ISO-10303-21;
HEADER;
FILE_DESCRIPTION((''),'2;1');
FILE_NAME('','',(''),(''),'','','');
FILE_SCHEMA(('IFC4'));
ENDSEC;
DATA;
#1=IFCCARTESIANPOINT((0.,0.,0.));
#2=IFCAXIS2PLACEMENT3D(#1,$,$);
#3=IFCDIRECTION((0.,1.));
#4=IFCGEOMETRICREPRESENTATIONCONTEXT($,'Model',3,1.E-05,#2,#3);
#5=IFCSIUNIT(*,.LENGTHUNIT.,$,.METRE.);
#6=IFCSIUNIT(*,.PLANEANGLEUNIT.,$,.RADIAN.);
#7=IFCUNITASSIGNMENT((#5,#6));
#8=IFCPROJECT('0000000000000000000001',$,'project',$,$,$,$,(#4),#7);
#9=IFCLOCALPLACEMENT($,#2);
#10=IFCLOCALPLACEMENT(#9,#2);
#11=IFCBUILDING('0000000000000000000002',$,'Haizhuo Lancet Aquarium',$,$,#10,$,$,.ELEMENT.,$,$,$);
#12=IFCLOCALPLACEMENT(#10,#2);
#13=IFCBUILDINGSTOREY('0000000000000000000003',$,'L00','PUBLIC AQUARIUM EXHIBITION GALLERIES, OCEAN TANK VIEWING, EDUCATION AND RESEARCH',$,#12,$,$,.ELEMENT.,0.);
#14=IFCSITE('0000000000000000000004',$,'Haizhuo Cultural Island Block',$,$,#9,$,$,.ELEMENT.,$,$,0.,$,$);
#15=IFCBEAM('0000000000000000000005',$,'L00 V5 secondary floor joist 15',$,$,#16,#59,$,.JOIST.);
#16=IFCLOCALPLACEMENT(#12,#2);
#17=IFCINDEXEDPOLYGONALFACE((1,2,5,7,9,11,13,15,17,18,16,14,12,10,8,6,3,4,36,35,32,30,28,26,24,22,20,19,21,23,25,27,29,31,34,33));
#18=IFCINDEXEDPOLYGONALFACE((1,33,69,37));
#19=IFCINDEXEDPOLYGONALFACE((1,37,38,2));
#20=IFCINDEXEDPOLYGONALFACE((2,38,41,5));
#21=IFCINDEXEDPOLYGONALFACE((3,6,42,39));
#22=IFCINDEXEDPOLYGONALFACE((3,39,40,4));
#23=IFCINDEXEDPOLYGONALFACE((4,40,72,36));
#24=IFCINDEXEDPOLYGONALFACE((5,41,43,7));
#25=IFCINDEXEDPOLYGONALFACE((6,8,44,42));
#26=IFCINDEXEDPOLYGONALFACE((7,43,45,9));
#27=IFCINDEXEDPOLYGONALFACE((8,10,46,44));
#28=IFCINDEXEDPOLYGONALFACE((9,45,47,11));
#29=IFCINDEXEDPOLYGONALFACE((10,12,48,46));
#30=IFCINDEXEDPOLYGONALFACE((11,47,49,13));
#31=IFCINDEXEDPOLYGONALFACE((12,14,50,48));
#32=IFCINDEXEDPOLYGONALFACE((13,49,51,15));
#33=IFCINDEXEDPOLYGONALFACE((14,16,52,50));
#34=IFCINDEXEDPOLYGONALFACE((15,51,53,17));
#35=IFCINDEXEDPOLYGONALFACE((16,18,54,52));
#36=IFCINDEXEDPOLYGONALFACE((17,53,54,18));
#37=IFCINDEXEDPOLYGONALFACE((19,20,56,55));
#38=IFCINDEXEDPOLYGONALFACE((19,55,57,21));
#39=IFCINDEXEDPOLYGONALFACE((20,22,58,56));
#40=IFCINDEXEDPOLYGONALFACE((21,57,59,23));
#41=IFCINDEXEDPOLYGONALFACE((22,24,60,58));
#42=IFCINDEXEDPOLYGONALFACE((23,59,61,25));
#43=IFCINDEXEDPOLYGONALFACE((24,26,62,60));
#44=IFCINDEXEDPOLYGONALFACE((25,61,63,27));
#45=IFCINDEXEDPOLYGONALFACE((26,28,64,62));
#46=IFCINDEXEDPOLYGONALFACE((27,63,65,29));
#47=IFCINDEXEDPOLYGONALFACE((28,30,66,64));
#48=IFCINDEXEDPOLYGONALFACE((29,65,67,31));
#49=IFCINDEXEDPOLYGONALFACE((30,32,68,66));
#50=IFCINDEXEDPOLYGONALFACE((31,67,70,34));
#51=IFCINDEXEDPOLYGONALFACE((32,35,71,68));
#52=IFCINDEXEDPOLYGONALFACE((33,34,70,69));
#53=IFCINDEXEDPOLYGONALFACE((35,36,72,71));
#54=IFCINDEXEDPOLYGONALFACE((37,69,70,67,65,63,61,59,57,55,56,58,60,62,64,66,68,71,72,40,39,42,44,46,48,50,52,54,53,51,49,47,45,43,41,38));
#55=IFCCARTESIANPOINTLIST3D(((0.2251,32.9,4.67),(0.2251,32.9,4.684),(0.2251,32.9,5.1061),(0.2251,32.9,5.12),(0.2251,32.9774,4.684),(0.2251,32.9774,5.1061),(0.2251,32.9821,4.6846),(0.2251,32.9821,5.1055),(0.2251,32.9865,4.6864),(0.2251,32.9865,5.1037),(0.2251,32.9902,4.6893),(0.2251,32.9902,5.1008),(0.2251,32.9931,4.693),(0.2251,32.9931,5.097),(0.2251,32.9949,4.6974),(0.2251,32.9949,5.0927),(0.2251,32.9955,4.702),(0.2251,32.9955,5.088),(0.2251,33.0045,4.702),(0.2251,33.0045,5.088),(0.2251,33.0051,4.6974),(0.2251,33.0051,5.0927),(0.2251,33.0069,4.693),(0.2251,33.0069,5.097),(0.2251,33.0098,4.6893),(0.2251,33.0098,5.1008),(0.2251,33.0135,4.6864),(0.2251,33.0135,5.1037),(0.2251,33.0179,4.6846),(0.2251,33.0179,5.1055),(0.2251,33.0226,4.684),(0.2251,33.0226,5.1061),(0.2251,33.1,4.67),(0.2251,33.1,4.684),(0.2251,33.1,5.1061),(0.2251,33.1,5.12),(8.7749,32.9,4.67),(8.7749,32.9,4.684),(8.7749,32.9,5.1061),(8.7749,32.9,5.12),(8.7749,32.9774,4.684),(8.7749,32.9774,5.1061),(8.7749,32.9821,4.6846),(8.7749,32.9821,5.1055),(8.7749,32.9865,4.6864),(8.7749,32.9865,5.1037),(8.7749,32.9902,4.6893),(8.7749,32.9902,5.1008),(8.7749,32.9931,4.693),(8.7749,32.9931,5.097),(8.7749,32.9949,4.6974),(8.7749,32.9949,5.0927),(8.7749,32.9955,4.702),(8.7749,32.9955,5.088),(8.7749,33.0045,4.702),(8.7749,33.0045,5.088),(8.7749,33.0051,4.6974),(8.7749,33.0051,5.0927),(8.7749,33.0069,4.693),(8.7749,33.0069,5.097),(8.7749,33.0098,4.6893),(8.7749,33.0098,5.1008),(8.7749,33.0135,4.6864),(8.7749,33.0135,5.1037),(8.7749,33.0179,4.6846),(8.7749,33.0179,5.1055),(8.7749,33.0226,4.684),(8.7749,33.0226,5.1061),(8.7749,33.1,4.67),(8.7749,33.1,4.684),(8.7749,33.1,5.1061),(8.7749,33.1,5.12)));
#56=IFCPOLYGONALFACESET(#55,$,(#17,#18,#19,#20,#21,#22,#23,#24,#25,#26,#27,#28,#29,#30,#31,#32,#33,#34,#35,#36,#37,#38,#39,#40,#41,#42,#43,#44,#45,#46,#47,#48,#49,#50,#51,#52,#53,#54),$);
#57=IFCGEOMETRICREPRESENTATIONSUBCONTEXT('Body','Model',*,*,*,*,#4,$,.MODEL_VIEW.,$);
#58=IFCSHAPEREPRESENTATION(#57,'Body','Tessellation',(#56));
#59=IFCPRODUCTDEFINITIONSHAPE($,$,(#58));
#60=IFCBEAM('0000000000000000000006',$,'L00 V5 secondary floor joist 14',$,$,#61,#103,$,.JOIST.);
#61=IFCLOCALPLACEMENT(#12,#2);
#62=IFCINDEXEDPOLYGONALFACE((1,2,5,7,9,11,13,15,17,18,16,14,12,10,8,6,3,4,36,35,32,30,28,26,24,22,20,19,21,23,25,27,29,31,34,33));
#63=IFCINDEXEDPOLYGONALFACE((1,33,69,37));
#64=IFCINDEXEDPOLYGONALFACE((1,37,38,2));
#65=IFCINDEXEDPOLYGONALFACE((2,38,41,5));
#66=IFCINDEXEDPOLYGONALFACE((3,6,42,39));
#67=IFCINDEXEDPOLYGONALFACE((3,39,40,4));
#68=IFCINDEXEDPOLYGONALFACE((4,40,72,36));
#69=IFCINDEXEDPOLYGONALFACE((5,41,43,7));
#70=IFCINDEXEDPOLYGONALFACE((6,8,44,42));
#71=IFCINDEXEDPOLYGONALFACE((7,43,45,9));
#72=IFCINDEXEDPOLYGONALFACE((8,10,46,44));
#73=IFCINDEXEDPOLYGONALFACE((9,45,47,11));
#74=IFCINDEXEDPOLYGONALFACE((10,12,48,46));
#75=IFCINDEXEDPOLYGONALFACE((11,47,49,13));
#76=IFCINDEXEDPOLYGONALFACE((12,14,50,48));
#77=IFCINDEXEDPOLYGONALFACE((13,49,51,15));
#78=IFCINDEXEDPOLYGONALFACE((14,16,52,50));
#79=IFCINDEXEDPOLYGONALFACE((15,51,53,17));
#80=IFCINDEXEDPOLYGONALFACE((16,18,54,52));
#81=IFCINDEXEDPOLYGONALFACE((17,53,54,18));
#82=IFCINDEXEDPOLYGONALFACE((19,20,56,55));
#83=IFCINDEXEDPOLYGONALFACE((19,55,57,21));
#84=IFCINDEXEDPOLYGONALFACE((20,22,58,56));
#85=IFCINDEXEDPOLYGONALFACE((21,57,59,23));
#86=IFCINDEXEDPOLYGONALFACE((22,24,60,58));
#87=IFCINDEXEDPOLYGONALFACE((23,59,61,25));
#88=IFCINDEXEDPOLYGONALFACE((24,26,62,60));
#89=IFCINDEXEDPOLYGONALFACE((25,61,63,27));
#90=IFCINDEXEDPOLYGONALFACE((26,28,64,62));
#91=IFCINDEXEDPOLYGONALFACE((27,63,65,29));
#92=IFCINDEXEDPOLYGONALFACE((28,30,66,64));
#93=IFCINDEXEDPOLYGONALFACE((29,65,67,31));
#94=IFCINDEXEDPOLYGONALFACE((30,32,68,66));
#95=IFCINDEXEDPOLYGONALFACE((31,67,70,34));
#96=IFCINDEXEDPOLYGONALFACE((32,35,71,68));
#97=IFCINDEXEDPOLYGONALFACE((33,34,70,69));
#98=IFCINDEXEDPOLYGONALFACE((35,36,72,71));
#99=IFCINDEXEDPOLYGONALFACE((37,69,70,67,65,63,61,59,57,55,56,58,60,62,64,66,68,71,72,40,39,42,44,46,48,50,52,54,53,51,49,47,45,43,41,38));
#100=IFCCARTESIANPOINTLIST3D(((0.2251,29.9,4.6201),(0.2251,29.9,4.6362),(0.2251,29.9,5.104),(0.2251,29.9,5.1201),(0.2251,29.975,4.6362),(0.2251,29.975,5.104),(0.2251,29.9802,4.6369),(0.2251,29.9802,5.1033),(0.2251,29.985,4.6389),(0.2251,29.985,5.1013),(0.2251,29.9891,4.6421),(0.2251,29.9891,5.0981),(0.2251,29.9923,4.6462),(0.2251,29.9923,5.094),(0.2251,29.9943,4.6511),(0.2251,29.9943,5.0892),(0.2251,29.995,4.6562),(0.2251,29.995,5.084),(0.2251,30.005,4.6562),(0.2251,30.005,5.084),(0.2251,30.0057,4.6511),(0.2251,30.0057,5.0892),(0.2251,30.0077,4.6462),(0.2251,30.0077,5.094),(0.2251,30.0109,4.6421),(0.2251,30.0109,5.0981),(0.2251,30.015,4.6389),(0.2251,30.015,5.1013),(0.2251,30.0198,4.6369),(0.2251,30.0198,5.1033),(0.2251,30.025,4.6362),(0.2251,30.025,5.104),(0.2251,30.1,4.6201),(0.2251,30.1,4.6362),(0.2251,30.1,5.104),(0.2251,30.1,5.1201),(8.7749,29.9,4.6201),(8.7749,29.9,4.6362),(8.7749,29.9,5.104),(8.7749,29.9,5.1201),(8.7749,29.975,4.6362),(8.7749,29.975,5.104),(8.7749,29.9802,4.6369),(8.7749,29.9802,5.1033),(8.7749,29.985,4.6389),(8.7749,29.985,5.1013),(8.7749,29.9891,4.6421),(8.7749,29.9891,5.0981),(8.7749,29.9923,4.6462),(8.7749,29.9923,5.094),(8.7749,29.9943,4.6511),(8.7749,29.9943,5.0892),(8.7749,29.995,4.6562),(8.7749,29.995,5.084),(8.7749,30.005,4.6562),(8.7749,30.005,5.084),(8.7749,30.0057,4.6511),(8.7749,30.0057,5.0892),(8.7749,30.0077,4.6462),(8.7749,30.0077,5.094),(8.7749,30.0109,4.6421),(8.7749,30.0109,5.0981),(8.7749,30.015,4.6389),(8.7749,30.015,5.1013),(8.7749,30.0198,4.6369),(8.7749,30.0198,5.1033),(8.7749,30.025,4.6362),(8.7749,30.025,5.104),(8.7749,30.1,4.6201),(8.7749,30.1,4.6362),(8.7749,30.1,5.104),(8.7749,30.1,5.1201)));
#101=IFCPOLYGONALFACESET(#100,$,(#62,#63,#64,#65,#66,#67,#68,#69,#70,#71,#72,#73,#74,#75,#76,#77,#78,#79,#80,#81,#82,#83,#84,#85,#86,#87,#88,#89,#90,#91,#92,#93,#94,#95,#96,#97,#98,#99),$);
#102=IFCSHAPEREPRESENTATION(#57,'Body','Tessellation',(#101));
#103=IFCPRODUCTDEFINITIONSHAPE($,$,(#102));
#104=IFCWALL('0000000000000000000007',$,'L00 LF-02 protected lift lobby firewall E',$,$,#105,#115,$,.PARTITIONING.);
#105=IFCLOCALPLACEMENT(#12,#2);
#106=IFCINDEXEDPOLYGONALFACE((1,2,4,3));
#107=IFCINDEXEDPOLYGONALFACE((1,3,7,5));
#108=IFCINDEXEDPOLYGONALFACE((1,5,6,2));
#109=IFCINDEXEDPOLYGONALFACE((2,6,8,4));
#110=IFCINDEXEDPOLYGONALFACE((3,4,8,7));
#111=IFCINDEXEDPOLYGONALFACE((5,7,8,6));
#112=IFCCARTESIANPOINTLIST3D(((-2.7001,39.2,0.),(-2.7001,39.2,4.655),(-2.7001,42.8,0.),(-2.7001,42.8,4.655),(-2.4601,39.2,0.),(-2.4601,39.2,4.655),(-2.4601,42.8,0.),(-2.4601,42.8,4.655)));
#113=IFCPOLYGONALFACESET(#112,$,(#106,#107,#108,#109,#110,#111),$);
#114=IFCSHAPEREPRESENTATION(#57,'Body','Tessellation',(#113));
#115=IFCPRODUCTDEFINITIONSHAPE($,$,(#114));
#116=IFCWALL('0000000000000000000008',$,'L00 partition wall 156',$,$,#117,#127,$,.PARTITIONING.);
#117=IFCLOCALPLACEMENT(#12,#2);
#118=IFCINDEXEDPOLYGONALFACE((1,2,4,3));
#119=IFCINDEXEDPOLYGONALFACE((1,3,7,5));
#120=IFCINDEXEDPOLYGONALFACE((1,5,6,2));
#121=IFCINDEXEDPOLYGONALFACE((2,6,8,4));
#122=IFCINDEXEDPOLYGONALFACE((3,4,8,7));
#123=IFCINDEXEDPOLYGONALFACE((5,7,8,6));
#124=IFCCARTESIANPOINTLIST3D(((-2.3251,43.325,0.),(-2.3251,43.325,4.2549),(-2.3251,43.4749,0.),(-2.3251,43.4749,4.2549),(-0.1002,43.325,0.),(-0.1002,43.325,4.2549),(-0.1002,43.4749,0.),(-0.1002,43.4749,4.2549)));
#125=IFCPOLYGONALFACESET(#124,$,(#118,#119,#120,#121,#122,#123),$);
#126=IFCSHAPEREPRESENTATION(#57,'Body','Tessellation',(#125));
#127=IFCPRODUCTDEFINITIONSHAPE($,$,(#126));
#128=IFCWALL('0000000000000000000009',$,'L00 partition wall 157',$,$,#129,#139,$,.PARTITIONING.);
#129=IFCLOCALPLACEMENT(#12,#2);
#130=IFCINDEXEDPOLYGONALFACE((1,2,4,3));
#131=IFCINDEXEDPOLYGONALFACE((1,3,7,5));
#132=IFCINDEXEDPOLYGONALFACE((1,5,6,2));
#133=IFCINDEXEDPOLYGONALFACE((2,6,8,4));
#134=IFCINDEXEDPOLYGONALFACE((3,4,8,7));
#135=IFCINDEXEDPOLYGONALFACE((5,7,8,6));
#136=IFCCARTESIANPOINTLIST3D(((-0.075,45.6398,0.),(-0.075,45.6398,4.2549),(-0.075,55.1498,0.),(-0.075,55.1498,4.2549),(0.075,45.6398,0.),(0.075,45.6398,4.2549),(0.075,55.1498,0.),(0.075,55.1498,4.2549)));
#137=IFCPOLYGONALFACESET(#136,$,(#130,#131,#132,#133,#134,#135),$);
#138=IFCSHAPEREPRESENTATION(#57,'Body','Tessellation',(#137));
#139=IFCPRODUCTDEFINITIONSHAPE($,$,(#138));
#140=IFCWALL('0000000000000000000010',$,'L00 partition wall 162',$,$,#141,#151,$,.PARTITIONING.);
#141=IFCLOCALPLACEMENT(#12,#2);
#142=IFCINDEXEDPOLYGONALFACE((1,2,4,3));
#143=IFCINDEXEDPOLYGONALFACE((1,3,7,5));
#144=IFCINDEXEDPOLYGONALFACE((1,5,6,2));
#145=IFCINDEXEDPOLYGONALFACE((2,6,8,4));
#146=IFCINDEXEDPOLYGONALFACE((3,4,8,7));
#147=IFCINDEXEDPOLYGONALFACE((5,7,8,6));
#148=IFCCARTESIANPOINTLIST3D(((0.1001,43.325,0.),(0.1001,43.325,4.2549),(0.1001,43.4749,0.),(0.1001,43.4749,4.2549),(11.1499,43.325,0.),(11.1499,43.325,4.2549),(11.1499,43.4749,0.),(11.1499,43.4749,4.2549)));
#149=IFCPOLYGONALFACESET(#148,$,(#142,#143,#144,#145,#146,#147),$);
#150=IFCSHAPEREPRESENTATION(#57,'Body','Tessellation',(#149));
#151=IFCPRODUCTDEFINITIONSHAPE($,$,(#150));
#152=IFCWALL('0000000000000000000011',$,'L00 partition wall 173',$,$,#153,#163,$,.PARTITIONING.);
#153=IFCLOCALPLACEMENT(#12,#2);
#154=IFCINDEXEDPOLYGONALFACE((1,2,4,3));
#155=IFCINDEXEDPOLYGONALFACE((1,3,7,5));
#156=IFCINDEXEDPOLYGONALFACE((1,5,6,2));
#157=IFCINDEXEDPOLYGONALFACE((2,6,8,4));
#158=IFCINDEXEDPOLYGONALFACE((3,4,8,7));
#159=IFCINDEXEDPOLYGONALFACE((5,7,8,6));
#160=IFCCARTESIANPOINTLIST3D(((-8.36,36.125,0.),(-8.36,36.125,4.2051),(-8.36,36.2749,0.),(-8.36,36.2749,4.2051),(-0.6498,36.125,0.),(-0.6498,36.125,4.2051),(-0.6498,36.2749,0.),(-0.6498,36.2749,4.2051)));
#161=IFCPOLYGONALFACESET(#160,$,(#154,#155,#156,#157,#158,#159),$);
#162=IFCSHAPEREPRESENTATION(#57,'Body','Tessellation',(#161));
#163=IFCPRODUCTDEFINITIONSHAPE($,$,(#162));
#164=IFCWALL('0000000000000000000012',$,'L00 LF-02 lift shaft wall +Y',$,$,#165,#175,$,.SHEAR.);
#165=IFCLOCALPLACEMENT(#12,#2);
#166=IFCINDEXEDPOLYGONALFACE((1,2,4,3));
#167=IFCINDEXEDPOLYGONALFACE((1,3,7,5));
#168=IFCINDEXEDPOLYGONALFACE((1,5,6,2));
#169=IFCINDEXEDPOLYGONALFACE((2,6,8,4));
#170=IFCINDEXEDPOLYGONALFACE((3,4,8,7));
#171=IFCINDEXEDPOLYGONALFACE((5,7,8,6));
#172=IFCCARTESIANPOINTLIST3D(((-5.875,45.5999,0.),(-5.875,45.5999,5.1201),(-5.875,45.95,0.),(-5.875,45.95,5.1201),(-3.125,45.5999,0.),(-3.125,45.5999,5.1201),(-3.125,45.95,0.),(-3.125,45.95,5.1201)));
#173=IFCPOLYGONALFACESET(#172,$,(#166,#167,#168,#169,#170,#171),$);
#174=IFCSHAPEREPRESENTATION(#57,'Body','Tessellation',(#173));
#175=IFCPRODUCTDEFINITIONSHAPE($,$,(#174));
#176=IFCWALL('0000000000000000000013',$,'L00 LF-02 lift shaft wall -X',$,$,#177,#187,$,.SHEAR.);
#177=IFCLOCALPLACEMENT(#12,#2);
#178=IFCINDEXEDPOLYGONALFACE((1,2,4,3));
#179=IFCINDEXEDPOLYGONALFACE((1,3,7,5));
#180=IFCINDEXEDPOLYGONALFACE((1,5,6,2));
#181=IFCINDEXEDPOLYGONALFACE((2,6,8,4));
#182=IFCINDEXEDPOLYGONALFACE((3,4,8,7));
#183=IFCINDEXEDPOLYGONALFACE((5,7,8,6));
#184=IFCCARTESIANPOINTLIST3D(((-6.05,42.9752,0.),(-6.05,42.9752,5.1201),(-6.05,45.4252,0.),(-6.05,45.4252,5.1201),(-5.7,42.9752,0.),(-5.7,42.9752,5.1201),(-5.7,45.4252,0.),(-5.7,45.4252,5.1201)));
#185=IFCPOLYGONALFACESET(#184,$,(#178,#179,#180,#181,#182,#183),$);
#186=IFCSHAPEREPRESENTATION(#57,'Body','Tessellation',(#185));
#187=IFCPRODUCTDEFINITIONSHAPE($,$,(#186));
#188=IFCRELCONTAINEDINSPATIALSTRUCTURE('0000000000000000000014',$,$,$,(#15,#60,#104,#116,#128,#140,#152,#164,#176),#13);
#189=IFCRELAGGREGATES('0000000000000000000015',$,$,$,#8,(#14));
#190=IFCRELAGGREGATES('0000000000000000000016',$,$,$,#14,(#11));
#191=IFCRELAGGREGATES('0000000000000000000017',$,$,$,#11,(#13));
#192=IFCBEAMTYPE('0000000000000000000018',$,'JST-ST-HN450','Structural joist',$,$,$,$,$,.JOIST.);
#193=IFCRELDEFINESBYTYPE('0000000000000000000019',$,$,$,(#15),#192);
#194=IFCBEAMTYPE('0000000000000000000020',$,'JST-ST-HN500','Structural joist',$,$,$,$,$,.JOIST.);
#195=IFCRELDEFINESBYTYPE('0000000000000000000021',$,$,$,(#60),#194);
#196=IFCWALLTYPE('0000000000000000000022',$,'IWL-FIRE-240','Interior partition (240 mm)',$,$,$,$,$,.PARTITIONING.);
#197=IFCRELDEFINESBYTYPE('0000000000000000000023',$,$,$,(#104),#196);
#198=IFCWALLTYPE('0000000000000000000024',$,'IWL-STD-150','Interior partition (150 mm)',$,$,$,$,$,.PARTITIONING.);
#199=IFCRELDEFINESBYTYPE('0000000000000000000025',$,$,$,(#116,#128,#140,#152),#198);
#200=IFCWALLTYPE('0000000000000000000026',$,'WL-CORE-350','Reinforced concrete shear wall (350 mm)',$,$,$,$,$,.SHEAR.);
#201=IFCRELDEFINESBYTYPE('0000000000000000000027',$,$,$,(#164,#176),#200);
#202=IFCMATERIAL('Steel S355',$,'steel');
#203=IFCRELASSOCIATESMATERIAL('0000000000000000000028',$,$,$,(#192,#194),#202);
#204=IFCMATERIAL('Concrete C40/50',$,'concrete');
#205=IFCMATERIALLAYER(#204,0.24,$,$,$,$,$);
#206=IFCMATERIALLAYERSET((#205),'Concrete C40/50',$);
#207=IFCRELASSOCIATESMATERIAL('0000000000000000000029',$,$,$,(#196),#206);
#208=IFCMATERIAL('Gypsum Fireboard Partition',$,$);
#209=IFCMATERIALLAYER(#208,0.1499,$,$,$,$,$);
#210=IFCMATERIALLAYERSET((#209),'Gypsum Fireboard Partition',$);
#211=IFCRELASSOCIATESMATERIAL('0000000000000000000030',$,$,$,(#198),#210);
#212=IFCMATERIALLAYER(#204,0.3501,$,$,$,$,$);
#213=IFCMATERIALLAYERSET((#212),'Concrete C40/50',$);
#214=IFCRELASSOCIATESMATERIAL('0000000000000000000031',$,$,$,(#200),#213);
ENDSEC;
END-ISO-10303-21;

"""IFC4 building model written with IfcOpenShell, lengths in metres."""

from ifc_helpers import new_model, si_unit, direction, frame, frame_2d, origin, origin_2d, place, context, subcontext, project, spatial, rectangle, i_section, extrude, material, layer, layer_set, material_profile, profile_set, type_object, element, save


model = new_model("IFC4")

# Units and contexts
model_context = context("Model", 3, precision=1e-05, world=origin(), true_north=direction((0.0, 1.0)))
body_context = subcontext(model_context, "Body", "Model", "MODEL_VIEW")
ifc_project = project(units=[si_unit("LENGTHUNIT", "METRE"), si_unit("PLANEANGLEUNIT", "RADIAN")], contexts=[model_context])

# Site, building, storey
site_placement = place(None, origin())
site = spatial("IfcSite", under=ifc_project, at=site_placement, Name="Haizhuo Cultural Island Block", CompositionType="ELEMENT", RefElevation=0.0)
building_placement = place(site_placement, origin())
building = spatial("IfcBuilding", under=site, at=building_placement, Name="Haizhuo Lancet Aquarium", CompositionType="ELEMENT")
storey_placement = place(building_placement, origin())
storey = spatial("IfcBuildingStorey", under=building, at=storey_placement, Name="L00", Description="PUBLIC AQUARIUM EXHIBITION GALLERIES, OCEAN TANK VIEWING, EDUCATION AND RESEARCH", CompositionType="ELEMENT", Elevation=0.0)

# Beams
ifc_material_1 = material(Name="Concrete C40/50", Category="concrete")
ifc_material_2 = material(Name="Steel S355", Category="steel")
ifc_material_profile_1 = material_profile(ifc_material_2, i_section(OverallWidth=0.2, OverallDepth=0.45, WebThickness=0.009, FlangeThickness=0.0139, FilletRadius=0.0181, at=origin_2d()), Name="HN 450x200x9x14")
ifc_profile_set_1 = profile_set([ifc_material_profile_1], Name="Steel S355")
beam_type_1 = type_object("IfcBeamType", Name="JST-ST-HN450", Description="Structural joist", PredefinedType="JOIST", material=ifc_profile_set_1)
beam_1_placement = place(storey_placement, frame((0.2251, 33.0, 4.895), z_axis=(1.0, 0.0, 0.0), x_axis=(0.0, 1.0, 0.0)))
element("IfcBeam", 1, at=beam_1_placement, inside=storey, type_object=beam_type_1, Name="L00 V5 secondary floor joist 15", PredefinedType="JOIST", context=body_context, shape_type="SweptSolid", body=[
    extrude(i_section(OverallWidth=0.2, OverallDepth=0.45, WebThickness=0.009, FlangeThickness=0.0139, FilletRadius=0.0181, at=origin_2d()), origin(), (0.0, 0.0, 1.0), 8.5498),
])
ifc_material_profile_2 = material_profile(ifc_material_2, i_section(OverallWidth=0.2, OverallDepth=0.5, WebThickness=0.01, FlangeThickness=0.0161, FilletRadius=0.02, at=origin_2d()), Name="HN 500x200x10x16")
ifc_profile_set_2 = profile_set([ifc_material_profile_2], Name="Steel S355")
beam_type_2 = type_object("IfcBeamType", Name="JST-ST-HN500", Description="Structural joist", PredefinedType="JOIST", material=ifc_profile_set_2)
beam_2_placement = place(storey_placement, frame((0.2251, 30.0, 4.8701), z_axis=(1.0, 0.0, 0.0), x_axis=(0.0, 1.0, 0.0)))
element("IfcBeam", 2, at=beam_2_placement, inside=storey, type_object=beam_type_2, Name="L00 V5 secondary floor joist 14", PredefinedType="JOIST", context=body_context, shape_type="SweptSolid", body=[
    extrude(i_section(OverallWidth=0.2, OverallDepth=0.5, WebThickness=0.01, FlangeThickness=0.0161, FilletRadius=0.02, at=origin_2d()), origin(), (0.0, 0.0, 1.0), 8.5498),
])

# Walls
ifc_layer_1 = layer(ifc_material_1, 0.24)
ifc_layer_set_1 = layer_set([ifc_layer_1], Name="Concrete C40/50")
wall_type_1 = type_object("IfcWallType", Name="IWL-FIRE-240", Description="Interior partition (240 mm)", PredefinedType="PARTITIONING", material=ifc_layer_set_1)
wall_1_placement = place(storey_placement, frame((-2.5801, 39.2, 0.0), z_axis=(0.0, 0.0, 1.0), x_axis=(0.0, 1.0, 0.0)))
element("IfcWall", 3, at=wall_1_placement, inside=storey, type_object=wall_type_1, Name="L00 LF-02 protected lift lobby firewall E", PredefinedType="PARTITIONING", context=body_context, shape_type="SweptSolid", body=[
    extrude(rectangle(XDim=3.6001, YDim=0.24, at=frame_2d((1.8, 0.0))), origin(), (0.0, 0.0, 1.0), 4.655),
])
ifc_material_3 = material(Name="Gypsum Fireboard Partition")
ifc_layer_2 = layer(ifc_material_3, 0.1499)
ifc_layer_set_2 = layer_set([ifc_layer_2], Name="Gypsum Fireboard Partition")
wall_type_2 = type_object("IfcWallType", Name="IWL-STD-150", Description="Interior partition (150 mm)", PredefinedType="PARTITIONING", material=ifc_layer_set_2)
wall_2_placement = place(storey_placement, frame((-2.325, 43.3999, 0.0), z_axis=(0.0, 0.0, 1.0), x_axis=(1.0, 0.0, 0.0)))
element("IfcWall", 4, at=wall_2_placement, inside=storey, type_object=wall_type_2, Name="L00 partition wall 156", PredefinedType="PARTITIONING", context=body_context, shape_type="SweptSolid", body=[
    extrude(rectangle(XDim=2.2249, YDim=0.1499, at=frame_2d((1.1123, 0.0))), origin(), (0.0, 0.0, 1.0), 4.2549),
])
wall_3_placement = place(storey_placement, frame((0.0, 45.6399, 0.0), z_axis=(0.0, 0.0, 1.0), x_axis=(0.0, 1.0, 0.0)))
element("IfcWall", 5, at=wall_3_placement, inside=storey, type_object=wall_type_2, Name="L00 partition wall 157", PredefinedType="PARTITIONING", context=body_context, shape_type="SweptSolid", body=[
    extrude(rectangle(XDim=9.51, YDim=0.1499, at=frame_2d((4.7549, 0.0))), origin(), (0.0, 0.0, 1.0), 4.2549),
])
wall_4_placement = place(storey_placement, frame((0.1001, 43.3999, 0.0), z_axis=(0.0, 0.0, 1.0), x_axis=(1.0, 0.0, 0.0)))
element("IfcWall", 6, at=wall_4_placement, inside=storey, type_object=wall_type_2, Name="L00 partition wall 162", PredefinedType="PARTITIONING", context=body_context, shape_type="SweptSolid", body=[
    extrude(rectangle(XDim=11.0498, YDim=0.1499, at=frame_2d((5.5249, 0.0))), origin(), (0.0, 0.0, 1.0), 4.2549),
])
wall_5_placement = place(storey_placement, frame((-0.6499, 36.2, 0.0), z_axis=(0.0, 0.0, 1.0), x_axis=(-1.0, 0.0, 0.0)))
element("IfcWall", 7, at=wall_5_placement, inside=storey, type_object=wall_type_2, Name="L00 partition wall 173", PredefinedType="PARTITIONING", context=body_context, shape_type="SweptSolid", body=[
    extrude(rectangle(XDim=7.7102, YDim=0.1499, at=frame_2d((3.855, 0.0))), origin(), (0.0, 0.0, 1.0), 4.2051),
])
ifc_layer_3 = layer(ifc_material_1, 0.3501)
ifc_layer_set_3 = layer_set([ifc_layer_3], Name="Concrete C40/50")
wall_type_3 = type_object("IfcWallType", Name="WL-CORE-350", Description="Reinforced concrete shear wall (350 mm)", PredefinedType="SHEAR", material=ifc_layer_set_3)
wall_6_placement = place(storey_placement, frame((-3.125, 45.7749, 0.0), z_axis=(0.0, 0.0, 1.0), x_axis=(-1.0, 0.0, 0.0)))
element("IfcWall", 8, at=wall_6_placement, inside=storey, type_object=wall_type_3, Name="L00 LF-02 lift shaft wall +Y", PredefinedType="SHEAR", context=body_context, shape_type="SweptSolid", body=[
    extrude(rectangle(XDim=2.75, YDim=0.3501, at=frame_2d((1.375, 0.0))), origin(), (0.0, 0.0, 1.0), 5.1201),
])
for number, where, z_axis, x_axis, name in (
    (9, (-5.875, 42.9751, 0.0), (0.0, 0.0, 1.0), (0.0, 1.0, 0.0), "L00 LF-02 lift shaft wall -X"),
):
    element("IfcWall", number, at=place(storey_placement, frame(where, z_axis=z_axis, x_axis=x_axis)), inside=storey, type_object=wall_type_3, Name=name, PredefinedType="SHEAR", context=body_context, shape_type="SweptSolid", body=[
        extrude(rectangle(XDim=2.45, YDim=0.3501, at=frame_2d((1.2251, 0.0))), origin(), (0.0, 0.0, 1.0), 5.1201),
    ])

save(model, "model.ifc")
